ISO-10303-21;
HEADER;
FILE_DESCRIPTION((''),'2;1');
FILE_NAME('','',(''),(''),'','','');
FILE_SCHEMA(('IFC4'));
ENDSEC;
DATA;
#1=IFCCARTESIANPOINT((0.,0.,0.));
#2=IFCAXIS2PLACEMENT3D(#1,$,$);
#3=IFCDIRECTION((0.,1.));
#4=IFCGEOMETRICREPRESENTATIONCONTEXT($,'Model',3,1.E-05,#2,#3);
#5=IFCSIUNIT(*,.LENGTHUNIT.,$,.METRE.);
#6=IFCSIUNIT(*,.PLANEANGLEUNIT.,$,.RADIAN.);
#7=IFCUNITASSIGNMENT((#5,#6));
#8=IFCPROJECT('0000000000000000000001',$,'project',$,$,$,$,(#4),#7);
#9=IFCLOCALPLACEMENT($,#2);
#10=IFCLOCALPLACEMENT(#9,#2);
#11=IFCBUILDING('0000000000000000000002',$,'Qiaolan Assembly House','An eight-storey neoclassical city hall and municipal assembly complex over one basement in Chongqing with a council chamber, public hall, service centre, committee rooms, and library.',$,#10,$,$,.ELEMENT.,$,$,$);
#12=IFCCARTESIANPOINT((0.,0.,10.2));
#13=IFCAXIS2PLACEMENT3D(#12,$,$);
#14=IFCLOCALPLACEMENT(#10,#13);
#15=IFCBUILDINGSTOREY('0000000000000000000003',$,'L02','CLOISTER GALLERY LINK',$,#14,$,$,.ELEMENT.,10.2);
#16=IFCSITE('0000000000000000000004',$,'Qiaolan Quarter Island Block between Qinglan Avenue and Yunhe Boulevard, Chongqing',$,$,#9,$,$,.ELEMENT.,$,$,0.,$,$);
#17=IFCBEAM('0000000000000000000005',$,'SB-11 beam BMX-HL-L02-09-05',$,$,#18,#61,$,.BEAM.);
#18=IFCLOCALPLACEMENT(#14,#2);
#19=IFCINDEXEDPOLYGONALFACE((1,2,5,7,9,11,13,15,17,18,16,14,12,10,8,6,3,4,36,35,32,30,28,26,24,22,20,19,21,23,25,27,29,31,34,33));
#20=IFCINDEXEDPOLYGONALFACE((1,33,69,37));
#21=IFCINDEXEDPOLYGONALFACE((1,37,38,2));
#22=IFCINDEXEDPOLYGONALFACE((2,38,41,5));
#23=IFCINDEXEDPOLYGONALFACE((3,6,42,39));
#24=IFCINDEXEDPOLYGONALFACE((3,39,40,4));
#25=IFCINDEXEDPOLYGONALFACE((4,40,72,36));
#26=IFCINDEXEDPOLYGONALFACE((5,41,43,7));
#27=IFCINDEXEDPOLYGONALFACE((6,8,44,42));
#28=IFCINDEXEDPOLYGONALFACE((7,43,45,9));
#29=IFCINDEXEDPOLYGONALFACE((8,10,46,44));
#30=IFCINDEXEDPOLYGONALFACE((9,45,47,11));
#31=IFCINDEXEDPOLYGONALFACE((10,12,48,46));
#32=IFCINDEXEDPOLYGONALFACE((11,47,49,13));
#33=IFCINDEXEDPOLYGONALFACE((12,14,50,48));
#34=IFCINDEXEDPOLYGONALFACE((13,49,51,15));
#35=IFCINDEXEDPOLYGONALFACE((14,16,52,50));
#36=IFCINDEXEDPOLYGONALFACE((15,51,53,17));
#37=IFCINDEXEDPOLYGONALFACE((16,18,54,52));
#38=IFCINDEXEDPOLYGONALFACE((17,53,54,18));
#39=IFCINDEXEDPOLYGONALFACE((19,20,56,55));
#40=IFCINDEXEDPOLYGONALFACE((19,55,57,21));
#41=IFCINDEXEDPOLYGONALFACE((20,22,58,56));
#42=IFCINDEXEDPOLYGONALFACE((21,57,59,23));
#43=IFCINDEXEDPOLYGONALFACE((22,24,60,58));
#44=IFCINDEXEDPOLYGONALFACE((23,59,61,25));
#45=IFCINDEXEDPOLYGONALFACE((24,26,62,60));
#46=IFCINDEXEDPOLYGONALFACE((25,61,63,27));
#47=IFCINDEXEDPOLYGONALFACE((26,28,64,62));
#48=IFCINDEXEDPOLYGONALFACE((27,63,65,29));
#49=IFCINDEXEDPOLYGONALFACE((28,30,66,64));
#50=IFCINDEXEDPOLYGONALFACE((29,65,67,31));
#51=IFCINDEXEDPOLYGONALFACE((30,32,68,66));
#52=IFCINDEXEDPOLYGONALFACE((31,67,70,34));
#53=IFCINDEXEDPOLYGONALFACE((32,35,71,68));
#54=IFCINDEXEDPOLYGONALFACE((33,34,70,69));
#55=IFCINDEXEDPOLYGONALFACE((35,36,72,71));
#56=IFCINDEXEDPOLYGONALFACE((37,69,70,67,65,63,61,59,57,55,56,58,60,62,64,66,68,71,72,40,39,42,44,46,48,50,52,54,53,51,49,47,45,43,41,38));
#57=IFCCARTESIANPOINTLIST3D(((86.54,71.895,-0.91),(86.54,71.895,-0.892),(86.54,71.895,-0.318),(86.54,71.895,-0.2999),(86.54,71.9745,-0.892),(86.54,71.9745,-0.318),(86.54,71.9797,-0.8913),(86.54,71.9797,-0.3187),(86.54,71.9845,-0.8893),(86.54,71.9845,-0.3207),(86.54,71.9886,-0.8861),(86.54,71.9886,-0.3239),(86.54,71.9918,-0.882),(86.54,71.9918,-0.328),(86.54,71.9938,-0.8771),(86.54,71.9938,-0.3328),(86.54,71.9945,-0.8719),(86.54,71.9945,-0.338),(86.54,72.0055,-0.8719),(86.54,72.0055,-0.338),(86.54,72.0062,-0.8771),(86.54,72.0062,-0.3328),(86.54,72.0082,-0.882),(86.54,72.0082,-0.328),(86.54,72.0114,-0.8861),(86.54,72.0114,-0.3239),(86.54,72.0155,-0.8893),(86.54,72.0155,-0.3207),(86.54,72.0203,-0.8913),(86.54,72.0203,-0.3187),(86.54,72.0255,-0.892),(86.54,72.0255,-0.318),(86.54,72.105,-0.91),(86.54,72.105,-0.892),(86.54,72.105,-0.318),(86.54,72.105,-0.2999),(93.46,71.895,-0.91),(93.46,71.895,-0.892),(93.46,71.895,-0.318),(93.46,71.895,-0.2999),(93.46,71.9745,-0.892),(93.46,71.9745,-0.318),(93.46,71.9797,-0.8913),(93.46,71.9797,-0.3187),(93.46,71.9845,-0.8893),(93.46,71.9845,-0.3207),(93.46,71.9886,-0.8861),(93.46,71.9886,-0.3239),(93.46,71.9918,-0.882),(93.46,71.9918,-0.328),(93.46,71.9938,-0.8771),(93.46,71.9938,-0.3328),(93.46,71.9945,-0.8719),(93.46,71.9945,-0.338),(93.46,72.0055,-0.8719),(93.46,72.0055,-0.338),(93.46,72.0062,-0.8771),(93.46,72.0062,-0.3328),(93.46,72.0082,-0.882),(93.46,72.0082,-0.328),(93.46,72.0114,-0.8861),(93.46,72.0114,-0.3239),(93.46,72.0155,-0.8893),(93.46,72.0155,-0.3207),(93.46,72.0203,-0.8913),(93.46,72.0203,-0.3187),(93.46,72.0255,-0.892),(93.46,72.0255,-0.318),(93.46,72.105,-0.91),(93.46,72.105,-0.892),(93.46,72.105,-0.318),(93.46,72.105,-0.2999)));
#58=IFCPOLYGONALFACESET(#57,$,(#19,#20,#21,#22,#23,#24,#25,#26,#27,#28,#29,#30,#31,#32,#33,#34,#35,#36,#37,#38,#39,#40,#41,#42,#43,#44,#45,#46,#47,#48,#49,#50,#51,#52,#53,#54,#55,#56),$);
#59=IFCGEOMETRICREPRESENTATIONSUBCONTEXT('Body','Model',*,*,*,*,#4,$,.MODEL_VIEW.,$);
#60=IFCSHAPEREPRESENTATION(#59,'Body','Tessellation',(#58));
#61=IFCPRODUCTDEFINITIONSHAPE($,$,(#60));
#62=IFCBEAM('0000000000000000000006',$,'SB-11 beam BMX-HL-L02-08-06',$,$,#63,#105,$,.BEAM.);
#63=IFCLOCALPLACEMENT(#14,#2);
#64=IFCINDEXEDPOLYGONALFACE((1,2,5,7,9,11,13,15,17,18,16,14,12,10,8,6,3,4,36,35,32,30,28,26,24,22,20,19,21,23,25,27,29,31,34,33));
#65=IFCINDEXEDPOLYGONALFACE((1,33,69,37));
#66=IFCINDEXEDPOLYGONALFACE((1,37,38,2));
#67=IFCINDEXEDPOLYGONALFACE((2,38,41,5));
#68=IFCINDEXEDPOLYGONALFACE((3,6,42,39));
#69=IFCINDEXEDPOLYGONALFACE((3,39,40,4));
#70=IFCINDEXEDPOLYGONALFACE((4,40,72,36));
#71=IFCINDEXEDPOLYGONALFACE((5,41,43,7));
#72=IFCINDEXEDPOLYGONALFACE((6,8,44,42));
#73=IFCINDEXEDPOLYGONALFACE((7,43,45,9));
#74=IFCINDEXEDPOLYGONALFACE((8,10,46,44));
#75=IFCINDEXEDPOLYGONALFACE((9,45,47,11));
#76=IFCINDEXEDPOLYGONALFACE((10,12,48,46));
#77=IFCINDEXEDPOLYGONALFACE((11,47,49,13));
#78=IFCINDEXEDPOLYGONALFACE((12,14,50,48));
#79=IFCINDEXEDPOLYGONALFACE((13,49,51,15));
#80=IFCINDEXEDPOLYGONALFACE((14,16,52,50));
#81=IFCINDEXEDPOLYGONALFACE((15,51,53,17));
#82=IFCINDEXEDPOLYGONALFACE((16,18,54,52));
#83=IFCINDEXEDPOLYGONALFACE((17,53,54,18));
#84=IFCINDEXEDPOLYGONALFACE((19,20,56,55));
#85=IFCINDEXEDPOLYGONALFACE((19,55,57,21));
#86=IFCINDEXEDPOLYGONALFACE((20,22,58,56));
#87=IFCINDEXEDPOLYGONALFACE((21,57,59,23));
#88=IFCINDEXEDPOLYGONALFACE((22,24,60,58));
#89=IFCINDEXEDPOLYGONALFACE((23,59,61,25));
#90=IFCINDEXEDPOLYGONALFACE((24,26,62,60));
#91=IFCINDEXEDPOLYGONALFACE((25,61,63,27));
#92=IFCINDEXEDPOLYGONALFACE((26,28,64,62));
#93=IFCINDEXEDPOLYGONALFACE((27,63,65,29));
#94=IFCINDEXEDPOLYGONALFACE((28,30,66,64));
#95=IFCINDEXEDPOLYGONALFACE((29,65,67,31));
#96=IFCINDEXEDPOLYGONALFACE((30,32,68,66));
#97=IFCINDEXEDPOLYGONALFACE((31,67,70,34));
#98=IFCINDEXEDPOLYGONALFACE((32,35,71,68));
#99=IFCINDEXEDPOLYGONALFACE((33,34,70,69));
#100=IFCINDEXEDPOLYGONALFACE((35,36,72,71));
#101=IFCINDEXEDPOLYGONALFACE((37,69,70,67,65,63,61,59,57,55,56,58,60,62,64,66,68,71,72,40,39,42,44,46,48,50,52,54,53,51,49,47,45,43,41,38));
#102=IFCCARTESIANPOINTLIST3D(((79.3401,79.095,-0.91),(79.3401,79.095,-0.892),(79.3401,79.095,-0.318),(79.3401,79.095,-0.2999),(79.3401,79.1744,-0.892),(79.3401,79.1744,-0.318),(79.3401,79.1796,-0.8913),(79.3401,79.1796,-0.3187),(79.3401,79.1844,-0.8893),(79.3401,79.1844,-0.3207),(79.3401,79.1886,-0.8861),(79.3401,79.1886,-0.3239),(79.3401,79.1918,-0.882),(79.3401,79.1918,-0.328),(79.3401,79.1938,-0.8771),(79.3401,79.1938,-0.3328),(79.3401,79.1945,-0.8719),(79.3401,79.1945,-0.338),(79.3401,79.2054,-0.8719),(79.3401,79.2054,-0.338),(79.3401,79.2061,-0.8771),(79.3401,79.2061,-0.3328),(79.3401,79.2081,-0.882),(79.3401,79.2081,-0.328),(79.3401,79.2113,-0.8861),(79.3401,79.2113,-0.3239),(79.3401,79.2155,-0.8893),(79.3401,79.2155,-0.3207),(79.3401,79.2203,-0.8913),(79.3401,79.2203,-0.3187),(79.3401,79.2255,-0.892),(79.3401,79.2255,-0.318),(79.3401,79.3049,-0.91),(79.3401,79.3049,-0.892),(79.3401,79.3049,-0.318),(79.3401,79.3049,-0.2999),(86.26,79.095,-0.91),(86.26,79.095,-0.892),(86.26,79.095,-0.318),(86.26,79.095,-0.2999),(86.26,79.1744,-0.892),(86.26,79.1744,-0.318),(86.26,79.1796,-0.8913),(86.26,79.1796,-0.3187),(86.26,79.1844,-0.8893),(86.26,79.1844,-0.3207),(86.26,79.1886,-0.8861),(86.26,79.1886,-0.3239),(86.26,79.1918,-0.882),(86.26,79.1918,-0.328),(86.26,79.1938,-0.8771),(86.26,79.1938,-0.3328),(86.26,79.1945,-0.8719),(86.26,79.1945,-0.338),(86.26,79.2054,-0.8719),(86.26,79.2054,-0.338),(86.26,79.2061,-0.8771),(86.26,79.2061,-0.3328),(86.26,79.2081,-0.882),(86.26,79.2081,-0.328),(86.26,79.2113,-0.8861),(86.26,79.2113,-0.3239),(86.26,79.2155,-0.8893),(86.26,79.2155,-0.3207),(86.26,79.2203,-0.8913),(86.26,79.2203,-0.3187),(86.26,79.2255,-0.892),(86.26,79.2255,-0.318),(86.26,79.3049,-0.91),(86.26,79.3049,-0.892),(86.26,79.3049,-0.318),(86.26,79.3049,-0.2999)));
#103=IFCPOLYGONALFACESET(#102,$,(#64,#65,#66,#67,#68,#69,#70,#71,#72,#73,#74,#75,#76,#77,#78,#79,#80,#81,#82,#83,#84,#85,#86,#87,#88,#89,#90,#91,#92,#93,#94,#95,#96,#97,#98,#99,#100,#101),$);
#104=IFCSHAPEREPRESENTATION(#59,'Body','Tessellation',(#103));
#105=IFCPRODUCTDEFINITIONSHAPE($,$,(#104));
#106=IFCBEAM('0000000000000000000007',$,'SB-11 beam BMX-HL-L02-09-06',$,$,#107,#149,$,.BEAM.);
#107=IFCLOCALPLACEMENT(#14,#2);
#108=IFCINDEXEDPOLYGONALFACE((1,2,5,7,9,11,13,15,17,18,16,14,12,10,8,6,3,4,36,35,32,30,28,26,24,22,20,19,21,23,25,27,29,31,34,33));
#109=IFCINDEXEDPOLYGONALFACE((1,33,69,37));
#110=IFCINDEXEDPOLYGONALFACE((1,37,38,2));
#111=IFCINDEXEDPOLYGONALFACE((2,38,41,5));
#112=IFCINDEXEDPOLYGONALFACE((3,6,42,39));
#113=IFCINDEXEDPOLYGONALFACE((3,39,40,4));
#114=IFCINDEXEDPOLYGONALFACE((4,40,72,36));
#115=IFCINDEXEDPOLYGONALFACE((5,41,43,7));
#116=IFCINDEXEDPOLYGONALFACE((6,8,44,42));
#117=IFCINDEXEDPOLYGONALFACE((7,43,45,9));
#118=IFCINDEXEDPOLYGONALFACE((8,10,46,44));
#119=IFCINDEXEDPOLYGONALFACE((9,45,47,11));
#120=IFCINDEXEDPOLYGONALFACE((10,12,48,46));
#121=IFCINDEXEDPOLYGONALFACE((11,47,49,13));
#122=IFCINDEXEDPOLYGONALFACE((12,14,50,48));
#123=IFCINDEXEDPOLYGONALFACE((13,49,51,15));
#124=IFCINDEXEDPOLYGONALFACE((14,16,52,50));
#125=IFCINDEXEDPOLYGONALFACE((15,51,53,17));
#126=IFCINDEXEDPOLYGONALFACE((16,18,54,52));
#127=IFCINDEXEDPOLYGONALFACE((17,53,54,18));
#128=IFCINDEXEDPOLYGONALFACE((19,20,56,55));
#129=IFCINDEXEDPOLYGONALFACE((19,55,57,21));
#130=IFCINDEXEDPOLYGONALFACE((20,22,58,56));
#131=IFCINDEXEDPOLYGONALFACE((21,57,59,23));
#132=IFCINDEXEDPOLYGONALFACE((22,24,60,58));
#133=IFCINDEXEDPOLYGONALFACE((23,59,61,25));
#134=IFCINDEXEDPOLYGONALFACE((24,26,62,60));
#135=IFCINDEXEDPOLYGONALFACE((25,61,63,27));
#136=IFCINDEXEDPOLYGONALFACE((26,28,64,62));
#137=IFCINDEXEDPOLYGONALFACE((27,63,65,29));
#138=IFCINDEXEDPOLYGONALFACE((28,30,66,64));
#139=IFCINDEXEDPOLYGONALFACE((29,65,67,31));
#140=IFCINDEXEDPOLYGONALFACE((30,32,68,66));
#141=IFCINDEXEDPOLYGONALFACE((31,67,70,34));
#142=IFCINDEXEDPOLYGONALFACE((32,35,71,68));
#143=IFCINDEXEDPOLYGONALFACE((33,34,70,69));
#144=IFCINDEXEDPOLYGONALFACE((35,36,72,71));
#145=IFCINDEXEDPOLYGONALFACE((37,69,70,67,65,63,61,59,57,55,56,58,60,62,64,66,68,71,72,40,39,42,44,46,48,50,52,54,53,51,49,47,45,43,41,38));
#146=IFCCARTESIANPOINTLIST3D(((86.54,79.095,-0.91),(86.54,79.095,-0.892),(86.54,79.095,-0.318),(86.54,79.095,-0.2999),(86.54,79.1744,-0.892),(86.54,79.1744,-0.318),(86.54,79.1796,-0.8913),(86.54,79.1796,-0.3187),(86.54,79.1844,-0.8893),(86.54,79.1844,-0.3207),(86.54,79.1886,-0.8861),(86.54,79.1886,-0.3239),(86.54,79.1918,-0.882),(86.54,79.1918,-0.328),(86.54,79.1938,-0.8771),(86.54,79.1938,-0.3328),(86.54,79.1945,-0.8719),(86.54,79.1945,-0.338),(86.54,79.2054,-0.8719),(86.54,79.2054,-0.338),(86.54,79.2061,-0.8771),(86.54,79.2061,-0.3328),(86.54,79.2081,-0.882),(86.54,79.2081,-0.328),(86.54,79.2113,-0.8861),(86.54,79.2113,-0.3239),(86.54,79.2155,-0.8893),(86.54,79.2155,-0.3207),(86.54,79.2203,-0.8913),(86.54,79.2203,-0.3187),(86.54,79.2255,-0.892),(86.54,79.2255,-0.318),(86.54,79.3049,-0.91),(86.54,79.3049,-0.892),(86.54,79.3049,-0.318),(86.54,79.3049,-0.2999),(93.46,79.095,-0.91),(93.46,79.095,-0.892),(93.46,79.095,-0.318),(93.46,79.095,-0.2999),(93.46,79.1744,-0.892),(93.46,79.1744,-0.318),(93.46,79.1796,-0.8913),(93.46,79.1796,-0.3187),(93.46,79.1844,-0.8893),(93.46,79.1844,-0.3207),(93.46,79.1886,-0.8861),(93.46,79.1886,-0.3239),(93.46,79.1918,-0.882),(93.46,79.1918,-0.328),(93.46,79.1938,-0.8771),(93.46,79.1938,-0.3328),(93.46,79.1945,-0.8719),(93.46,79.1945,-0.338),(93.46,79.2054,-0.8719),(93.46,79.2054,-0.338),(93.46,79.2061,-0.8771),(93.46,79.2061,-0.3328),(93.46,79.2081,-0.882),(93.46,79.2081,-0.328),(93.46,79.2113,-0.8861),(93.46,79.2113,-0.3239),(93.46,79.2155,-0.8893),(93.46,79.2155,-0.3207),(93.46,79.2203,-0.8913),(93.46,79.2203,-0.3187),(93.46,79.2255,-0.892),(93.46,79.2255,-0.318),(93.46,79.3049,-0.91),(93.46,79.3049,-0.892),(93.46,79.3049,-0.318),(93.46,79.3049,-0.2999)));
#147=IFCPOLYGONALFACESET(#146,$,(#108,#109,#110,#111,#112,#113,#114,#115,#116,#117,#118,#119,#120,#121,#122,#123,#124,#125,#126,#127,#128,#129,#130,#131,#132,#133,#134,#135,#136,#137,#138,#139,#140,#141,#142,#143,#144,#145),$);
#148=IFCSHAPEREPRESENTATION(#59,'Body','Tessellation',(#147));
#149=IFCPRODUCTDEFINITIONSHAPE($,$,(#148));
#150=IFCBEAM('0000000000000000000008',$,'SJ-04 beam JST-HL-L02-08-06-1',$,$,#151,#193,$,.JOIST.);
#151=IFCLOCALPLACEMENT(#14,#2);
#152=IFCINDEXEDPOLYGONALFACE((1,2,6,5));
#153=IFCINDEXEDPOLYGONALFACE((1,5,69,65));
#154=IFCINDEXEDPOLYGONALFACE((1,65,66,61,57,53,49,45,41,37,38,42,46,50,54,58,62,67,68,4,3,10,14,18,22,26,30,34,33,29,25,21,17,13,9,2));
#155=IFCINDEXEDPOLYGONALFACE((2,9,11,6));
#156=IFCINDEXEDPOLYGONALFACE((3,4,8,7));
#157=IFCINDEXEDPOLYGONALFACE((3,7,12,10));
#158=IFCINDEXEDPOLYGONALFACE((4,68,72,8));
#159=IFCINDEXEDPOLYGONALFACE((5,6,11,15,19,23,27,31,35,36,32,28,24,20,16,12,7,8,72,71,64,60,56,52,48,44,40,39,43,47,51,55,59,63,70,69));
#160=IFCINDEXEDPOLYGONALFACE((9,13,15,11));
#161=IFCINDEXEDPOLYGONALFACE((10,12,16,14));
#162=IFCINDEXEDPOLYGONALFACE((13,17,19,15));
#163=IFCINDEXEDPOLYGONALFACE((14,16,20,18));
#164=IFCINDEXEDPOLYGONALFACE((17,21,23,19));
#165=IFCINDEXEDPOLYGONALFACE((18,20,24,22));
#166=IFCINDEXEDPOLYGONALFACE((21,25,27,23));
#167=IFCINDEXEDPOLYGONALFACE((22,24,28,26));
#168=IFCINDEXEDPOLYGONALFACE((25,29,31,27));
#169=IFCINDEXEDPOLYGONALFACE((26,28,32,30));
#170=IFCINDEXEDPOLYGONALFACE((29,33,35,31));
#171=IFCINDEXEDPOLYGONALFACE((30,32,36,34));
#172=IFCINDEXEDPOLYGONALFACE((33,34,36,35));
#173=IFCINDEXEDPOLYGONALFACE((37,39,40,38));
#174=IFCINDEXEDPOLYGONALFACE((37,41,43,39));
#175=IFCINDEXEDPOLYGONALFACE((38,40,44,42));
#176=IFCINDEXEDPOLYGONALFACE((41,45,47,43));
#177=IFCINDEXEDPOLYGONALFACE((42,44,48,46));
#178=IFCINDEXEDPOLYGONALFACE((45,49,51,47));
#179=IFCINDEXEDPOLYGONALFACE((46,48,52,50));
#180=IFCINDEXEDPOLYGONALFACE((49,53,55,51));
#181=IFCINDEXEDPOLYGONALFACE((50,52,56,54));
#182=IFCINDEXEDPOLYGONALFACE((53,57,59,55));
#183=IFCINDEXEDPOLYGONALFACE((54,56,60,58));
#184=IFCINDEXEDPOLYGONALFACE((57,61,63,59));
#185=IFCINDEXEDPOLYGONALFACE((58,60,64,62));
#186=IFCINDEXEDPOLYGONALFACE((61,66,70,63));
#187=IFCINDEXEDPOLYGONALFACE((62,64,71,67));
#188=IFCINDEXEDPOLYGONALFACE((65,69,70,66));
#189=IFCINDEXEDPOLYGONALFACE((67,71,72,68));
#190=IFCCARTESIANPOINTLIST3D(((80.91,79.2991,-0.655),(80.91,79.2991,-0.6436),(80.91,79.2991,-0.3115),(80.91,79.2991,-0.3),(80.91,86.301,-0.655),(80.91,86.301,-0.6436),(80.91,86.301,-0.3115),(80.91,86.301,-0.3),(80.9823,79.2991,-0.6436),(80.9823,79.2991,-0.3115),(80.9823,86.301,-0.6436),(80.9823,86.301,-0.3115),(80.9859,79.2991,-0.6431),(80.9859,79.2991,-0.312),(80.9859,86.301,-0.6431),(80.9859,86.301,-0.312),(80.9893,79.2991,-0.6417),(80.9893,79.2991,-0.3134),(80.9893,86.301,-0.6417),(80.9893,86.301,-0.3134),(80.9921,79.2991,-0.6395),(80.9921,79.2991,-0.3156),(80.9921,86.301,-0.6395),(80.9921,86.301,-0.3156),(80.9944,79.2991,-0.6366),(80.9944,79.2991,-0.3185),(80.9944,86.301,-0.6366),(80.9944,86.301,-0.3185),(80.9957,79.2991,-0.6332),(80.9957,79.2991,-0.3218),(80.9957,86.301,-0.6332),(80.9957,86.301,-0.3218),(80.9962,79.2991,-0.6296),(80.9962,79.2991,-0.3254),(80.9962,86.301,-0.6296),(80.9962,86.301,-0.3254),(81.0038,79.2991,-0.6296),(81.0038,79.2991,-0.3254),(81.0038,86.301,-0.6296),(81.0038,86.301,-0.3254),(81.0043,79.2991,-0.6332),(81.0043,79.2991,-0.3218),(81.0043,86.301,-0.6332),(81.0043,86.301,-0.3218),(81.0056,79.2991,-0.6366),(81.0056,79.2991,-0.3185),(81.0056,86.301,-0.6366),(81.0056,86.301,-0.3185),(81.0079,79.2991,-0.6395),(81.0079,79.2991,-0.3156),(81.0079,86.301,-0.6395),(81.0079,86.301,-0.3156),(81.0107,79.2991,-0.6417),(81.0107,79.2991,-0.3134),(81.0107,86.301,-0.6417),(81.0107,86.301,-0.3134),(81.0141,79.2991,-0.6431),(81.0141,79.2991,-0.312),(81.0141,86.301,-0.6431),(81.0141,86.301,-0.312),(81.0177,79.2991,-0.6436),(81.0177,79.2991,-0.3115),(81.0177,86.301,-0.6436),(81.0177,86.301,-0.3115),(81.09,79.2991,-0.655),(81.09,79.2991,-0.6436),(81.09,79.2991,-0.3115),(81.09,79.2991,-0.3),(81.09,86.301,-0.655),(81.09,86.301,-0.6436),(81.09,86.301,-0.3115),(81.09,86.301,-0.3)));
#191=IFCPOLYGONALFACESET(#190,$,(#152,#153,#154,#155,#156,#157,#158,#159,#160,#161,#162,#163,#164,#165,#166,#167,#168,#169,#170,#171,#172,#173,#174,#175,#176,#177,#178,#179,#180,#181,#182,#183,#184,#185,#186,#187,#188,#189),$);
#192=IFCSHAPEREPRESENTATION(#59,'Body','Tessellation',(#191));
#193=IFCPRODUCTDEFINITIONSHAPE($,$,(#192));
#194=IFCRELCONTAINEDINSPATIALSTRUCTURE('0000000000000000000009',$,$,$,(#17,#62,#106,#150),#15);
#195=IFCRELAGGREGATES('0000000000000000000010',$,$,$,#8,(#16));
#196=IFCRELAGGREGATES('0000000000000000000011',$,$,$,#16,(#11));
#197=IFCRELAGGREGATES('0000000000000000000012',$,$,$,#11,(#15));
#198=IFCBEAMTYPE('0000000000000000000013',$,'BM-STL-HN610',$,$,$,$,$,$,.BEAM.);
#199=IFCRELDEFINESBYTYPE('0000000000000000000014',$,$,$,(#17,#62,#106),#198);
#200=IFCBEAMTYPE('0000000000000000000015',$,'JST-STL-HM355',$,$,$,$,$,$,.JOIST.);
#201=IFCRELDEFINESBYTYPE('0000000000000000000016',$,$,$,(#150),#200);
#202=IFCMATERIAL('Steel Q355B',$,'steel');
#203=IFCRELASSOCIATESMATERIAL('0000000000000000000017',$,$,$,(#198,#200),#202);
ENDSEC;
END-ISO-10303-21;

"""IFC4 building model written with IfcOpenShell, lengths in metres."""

from ifc_helpers import new_model, si_unit, direction, frame, origin, origin_2d, place, context, subcontext, project, spatial, i_section, extrude, material, material_profile, profile_set, type_object, element, save


model = new_model("IFC4")

# Units and contexts
model_context = context("Model", 3, precision=1e-05, world=origin(), true_north=direction((0.0, 1.0)))
body_context = subcontext(model_context, "Body", "Model", "MODEL_VIEW")
ifc_project = project(units=[si_unit("LENGTHUNIT", "METRE"), si_unit("PLANEANGLEUNIT", "RADIAN")], contexts=[model_context])

# Site, building, storey
site_placement = place(None, origin())
site = spatial("IfcSite", under=ifc_project, at=site_placement, Name="Qiaolan Quarter Island Block between Qinglan Avenue and Yunhe Boulevard, Chongqing", CompositionType="ELEMENT", RefElevation=0.0)
building_placement = place(site_placement, origin())
building = spatial("IfcBuilding", under=site, at=building_placement, Name="Qiaolan Assembly House", Description="An eight-storey neoclassical city hall and municipal assembly complex over one basement in Chongqing with a council chamber, public hall, service centre, committee rooms, and library.", CompositionType="ELEMENT")
storey_placement = place(building_placement, frame((0.0, 0.0, 10.2)))
storey = spatial("IfcBuildingStorey", under=building, at=storey_placement, Name="L02", Description="CLOISTER GALLERY LINK", CompositionType="ELEMENT", Elevation=10.2)

# Shared definitions
ifc_material_1 = material(Name="Steel Q355B", Category="steel")

# Beams
ifc_material_profile_1 = material_profile(ifc_material_1, i_section(OverallWidth=0.21, OverallDepth=0.6101, WebThickness=0.011, FlangeThickness=0.0181, FilletRadius=0.02, at=origin_2d()), Name="HN 610x210x11x18")
ifc_profile_set_1 = profile_set([ifc_material_profile_1], Name="Steel Q355B")
beam_type_1 = type_object("IfcBeamType", Name="BM-STL-HN610", PredefinedType="BEAM", material=ifc_profile_set_1)
for number, where, z_axis, x_axis, name in (
    (1, (86.54, 72.0, -0.605), (1.0, 0.0, 0.0), (0.0, 1.0, 0.0), "SB-11 beam BMX-HL-L02-09-05"),
    (2, (79.3401, 79.2, -0.605), (1.0, 0.0, 0.0), (0.0, 1.0, 0.0), "SB-11 beam BMX-HL-L02-08-06"),
    (3, (86.54, 79.2, -0.605), (1.0, 0.0, 0.0), (0.0, 1.0, 0.0), "SB-11 beam BMX-HL-L02-09-06"),
):
    element("IfcBeam", number, at=place(storey_placement, frame(where, z_axis=z_axis, x_axis=x_axis)), inside=storey, type_object=beam_type_1, Name=name, PredefinedType="BEAM", context=body_context, shape_type="SweptSolid", body=[
        extrude(i_section(OverallWidth=0.21, OverallDepth=0.6101, WebThickness=0.011, FlangeThickness=0.0181, FilletRadius=0.02, at=origin_2d()), origin(), (0.0, 0.0, 1.0), 6.9199),
    ])
ifc_material_profile_2 = material_profile(ifc_material_1, i_section(OverallWidth=0.1799, OverallDepth=0.355, WebThickness=0.0076, FlangeThickness=0.0115, FilletRadius=0.0139, at=origin_2d()), Name="HM 355x180x7.5x11.5")
ifc_profile_set_2 = profile_set([ifc_material_profile_2], Name="Steel Q355B")
beam_type_2 = type_object("IfcBeamType", Name="JST-STL-HM355", PredefinedType="JOIST", material=ifc_profile_set_2)
for number, where, z_axis, x_axis, name in (
    (4, (81.0, 79.2991, -0.4775), (0.0, 1.0, 0.0), (-1.0, 0.0, 0.0), "SJ-04 beam JST-HL-L02-08-06-1"),
):
    element("IfcBeam", number, at=place(storey_placement, frame(where, z_axis=z_axis, x_axis=x_axis)), inside=storey, type_object=beam_type_2, Name=name, PredefinedType="JOIST", context=body_context, shape_type="SweptSolid", body=[
        extrude(i_section(OverallWidth=0.1799, OverallDepth=0.355, WebThickness=0.0076, FlangeThickness=0.0115, FilletRadius=0.0139, at=origin_2d()), origin(), (0.0, 0.0, 1.0), 7.002),
    ])

save(model, "model.ifc")
